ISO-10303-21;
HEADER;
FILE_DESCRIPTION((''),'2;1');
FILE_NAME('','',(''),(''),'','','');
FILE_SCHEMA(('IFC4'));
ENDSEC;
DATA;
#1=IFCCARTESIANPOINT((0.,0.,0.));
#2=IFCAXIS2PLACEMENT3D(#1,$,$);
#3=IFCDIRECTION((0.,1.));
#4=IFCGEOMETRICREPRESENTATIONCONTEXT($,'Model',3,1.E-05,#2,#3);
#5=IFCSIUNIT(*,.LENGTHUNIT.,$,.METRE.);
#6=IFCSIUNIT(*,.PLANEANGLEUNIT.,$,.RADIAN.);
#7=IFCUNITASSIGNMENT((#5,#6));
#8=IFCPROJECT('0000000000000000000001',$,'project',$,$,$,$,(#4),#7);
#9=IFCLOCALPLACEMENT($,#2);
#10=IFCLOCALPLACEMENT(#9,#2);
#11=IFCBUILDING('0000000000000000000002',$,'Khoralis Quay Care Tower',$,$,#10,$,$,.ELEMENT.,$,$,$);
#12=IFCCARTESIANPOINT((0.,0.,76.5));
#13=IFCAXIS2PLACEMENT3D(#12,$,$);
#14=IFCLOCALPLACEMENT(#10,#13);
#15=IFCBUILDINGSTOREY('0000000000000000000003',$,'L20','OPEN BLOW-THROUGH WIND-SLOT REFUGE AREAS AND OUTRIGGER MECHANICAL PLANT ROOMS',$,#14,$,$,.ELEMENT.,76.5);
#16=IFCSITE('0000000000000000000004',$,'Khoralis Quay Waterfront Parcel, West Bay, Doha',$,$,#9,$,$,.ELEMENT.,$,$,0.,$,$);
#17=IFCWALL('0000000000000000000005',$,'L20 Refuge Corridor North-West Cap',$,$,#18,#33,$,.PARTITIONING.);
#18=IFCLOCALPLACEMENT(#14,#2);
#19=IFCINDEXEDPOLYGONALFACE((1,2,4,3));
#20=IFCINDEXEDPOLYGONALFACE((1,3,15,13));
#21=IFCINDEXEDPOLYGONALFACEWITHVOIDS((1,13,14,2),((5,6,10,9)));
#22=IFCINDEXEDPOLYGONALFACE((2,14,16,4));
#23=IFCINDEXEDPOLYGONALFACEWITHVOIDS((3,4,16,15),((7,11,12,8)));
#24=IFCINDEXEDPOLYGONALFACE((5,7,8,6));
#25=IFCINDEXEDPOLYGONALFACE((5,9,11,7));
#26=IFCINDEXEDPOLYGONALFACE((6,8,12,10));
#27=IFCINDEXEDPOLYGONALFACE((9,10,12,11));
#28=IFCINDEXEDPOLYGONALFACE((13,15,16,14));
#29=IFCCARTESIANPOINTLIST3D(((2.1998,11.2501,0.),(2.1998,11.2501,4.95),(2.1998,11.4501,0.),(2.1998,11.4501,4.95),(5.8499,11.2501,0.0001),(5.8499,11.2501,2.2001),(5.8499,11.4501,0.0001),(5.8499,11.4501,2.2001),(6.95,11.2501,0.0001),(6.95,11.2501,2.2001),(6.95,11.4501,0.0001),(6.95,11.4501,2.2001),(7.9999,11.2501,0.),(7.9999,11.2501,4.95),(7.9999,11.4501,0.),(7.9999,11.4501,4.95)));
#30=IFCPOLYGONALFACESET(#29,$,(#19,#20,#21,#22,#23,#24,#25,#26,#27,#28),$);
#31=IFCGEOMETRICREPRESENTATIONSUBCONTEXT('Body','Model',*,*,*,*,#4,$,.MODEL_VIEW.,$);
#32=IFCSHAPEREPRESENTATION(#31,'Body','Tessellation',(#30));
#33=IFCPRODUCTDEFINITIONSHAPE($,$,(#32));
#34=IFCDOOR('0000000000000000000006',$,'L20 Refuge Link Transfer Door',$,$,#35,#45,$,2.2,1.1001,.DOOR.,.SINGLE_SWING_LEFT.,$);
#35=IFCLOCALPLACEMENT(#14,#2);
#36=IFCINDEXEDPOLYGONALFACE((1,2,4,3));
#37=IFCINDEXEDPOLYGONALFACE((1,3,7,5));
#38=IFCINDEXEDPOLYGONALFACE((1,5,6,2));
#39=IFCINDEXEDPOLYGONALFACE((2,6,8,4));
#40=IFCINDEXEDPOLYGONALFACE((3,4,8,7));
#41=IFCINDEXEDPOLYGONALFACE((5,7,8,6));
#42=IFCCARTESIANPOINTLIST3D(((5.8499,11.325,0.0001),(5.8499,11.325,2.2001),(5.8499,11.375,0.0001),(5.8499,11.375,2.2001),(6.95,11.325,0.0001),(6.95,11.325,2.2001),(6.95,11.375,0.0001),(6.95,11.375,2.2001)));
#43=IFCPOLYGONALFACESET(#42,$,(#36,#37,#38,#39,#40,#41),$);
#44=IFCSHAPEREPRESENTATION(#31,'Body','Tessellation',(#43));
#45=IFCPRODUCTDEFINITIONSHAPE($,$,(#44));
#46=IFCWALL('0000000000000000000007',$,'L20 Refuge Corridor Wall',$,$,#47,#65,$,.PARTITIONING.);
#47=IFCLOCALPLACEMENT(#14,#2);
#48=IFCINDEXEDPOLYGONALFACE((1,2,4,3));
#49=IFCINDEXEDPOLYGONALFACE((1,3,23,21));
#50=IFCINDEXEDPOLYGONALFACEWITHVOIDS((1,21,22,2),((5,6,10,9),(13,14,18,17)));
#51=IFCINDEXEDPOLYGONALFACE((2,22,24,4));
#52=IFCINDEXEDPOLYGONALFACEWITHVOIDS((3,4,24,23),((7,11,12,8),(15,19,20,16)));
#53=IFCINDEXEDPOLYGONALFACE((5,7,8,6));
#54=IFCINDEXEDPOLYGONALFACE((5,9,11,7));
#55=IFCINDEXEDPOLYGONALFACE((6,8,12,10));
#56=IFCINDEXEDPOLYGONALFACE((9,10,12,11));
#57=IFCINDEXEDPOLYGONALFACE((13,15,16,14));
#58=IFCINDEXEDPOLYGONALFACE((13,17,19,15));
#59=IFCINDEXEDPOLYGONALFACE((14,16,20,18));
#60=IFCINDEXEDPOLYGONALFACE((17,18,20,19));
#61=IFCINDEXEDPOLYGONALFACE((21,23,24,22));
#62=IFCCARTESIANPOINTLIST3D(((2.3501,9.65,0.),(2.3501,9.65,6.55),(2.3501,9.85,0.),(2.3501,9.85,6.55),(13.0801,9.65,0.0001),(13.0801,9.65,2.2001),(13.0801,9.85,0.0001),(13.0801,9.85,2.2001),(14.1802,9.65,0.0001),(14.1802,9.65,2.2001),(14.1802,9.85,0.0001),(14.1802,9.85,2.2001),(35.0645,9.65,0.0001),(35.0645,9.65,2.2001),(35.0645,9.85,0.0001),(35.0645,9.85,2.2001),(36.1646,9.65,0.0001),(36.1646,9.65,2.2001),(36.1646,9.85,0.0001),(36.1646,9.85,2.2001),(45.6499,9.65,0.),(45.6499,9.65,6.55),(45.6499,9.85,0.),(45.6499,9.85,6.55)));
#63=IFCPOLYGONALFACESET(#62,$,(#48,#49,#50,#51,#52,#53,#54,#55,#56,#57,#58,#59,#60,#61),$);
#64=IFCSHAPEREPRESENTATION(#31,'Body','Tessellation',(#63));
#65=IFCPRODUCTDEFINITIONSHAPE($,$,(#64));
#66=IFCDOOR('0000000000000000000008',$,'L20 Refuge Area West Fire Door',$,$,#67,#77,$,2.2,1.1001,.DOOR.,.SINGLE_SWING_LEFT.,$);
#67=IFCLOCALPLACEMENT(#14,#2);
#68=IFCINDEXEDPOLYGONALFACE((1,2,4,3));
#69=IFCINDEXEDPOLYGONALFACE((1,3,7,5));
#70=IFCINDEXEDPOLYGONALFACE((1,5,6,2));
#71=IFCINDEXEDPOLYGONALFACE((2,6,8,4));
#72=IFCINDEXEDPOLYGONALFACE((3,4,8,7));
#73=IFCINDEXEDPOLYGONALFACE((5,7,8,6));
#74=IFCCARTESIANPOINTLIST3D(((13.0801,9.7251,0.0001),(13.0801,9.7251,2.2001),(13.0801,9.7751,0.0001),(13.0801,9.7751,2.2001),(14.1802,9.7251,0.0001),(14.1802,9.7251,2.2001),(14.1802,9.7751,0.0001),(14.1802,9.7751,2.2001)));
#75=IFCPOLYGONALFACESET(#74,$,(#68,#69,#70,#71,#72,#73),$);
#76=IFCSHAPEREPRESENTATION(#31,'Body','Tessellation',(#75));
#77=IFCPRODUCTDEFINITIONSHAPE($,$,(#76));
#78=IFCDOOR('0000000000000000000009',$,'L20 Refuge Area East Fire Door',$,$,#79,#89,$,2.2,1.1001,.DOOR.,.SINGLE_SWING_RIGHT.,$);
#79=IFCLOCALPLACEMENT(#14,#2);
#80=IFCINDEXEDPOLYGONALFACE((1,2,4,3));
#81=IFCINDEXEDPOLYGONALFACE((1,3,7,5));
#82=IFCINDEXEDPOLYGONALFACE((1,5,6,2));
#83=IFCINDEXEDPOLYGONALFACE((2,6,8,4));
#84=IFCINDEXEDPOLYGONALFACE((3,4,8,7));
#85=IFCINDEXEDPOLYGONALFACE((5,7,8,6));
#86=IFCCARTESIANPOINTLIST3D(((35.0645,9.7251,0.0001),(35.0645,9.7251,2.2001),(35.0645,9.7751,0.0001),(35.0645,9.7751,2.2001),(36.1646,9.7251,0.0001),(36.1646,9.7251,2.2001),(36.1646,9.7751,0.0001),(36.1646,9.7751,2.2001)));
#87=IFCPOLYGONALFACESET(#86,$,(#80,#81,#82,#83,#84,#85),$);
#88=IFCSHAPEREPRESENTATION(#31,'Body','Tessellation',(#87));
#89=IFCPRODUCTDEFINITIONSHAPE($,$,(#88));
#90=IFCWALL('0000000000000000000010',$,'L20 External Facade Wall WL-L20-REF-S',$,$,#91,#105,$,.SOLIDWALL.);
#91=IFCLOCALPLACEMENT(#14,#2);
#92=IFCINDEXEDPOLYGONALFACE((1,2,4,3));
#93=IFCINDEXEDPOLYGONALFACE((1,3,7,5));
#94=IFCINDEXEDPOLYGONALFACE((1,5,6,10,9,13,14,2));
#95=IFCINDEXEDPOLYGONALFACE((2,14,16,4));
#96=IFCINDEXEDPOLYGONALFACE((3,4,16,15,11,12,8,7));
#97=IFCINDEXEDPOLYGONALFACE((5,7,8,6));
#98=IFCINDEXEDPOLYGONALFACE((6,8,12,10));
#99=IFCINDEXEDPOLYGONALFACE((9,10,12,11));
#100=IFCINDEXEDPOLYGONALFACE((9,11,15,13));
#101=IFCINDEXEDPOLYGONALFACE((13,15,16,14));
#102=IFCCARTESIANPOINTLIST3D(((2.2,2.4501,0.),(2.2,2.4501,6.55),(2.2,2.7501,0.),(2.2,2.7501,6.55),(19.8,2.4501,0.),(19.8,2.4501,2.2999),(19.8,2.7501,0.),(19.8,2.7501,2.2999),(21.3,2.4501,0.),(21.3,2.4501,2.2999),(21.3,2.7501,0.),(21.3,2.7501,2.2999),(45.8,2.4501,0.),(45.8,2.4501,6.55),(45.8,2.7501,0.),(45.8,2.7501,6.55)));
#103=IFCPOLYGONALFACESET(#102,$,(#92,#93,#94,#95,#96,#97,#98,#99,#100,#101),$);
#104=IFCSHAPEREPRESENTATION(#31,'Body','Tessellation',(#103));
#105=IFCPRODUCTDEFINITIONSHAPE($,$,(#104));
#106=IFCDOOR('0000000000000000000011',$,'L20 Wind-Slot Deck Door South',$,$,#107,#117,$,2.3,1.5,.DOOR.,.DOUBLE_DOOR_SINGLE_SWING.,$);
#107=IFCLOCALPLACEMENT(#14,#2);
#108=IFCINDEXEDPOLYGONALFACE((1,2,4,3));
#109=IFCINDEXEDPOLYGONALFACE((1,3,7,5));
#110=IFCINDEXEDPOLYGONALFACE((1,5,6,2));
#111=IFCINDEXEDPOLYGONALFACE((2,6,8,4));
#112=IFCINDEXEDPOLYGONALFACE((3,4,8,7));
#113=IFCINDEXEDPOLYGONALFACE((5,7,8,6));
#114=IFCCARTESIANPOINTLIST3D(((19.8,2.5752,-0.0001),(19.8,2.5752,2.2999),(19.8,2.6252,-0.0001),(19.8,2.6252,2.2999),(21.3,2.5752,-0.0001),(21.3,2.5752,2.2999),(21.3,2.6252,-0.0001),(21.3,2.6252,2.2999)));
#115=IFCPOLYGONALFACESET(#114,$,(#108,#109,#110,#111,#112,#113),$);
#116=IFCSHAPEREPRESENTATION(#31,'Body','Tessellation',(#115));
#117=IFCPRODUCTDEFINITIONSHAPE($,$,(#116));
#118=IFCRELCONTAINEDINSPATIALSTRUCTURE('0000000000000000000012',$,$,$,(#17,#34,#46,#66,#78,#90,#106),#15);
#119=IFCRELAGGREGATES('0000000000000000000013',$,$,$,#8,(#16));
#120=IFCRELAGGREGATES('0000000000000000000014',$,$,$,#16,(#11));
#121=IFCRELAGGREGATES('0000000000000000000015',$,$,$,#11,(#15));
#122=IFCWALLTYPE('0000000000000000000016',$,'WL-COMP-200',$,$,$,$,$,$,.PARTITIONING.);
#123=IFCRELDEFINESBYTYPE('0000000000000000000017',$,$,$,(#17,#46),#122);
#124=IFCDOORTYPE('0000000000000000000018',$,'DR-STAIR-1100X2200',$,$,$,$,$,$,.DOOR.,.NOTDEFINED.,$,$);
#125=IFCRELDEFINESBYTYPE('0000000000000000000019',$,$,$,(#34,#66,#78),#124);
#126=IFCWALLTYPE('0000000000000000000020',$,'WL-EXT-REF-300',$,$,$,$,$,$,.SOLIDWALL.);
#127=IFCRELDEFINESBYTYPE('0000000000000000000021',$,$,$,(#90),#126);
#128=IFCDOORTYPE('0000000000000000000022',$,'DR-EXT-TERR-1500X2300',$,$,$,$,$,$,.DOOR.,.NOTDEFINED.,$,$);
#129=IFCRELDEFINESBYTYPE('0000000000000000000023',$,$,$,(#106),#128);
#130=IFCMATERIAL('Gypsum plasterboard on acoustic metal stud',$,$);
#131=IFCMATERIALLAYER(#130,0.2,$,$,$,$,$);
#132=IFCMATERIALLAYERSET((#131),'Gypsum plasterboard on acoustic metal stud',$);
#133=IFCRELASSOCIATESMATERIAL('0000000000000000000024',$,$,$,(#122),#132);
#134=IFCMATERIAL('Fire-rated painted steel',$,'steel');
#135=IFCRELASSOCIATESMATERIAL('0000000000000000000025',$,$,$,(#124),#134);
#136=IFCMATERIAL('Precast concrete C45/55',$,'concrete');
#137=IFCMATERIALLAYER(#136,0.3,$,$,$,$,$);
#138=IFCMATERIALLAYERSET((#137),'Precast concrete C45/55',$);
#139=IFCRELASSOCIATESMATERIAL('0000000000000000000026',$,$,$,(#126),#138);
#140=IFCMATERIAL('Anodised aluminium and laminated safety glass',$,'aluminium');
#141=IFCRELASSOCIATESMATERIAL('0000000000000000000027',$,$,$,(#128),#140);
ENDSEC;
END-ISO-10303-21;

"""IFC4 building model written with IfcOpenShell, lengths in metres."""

from ifc_helpers import new_model, si_unit, direction, frame, frame_2d, origin, place, context, subcontext, project, spatial, rectangle, extrude, source, transform, mapped, material, layer, layer_set, type_object, element, fill, save


model = new_model("IFC4")

# Units and contexts
model_context = context("Model", 3, precision=1e-05, world=origin(), true_north=direction((0.0, 1.0)))
body_context = subcontext(model_context, "Body", "Model", "MODEL_VIEW")
ifc_project = project(units=[si_unit("LENGTHUNIT", "METRE"), si_unit("PLANEANGLEUNIT", "RADIAN")], contexts=[model_context])

# Site, building, storey
site_placement = place(None, origin())
site = spatial("IfcSite", under=ifc_project, at=site_placement, Name="Khoralis Quay Waterfront Parcel, West Bay, Doha", CompositionType="ELEMENT", RefElevation=0.0)
building_placement = place(site_placement, origin())
building = spatial("IfcBuilding", under=site, at=building_placement, Name="Khoralis Quay Care Tower", CompositionType="ELEMENT")
storey_placement = place(building_placement, frame((0.0, 0.0, 76.5)))
storey = spatial("IfcBuildingStorey", under=building, at=storey_placement, Name="L20", Description="OPEN BLOW-THROUGH WIND-SLOT REFUGE AREAS AND OUTRIGGER MECHANICAL PLANT ROOMS", CompositionType="ELEMENT", Elevation=76.5)

# Shared definitions
ifc_material_1 = material(Name="Precast concrete C45/55", Category="concrete")

# Shared definitions
ifc_material_2 = material(Name="Gypsum plasterboard on acoustic metal stud")
ifc_layer_1 = layer(ifc_material_2, 0.2)
ifc_layer_set_1 = layer_set([ifc_layer_1], Name="Gypsum plasterboard on acoustic metal stud")
wall_type_1 = type_object("IfcWallType", Name="WL-COMP-200", PredefinedType="PARTITIONING", material=ifc_layer_set_1)

# Wall, opening, door
wall_1_placement = place(storey_placement, frame((2.2, 11.3501, 0.0), z_axis=(0.0, 0.0, 1.0), x_axis=(1.0, 0.0, 0.0)))
wall_1 = element("IfcWall", 1, at=wall_1_placement, inside=storey, type_object=wall_type_1, Name="L20 Refuge Corridor North-West Cap", PredefinedType="PARTITIONING", context=body_context, shape_type="SweptSolid", body=[
    extrude(rectangle(XDim=5.8, YDim=0.2, at=frame_2d((2.8999, 0.0))), origin(), (0.0, 0.0, 1.0), 4.95),
])
opening_1_placement = place(wall_1_placement, frame((3.6499, 0.0, 0.0)))
opening_1 = element("IfcOpeningElement", 2, at=opening_1_placement, cuts=wall_1, PredefinedType="OPENING", context=body_context, shape_type="SweptSolid", body=[
    extrude(rectangle(XDim=1.1001, YDim=2.2, at=frame_2d((0.55, 1.1001))), frame((0.0, 0.1099, 0.0), z_axis=(0.0, -1.0, 0.0), x_axis=(1.0, 0.0, 0.0)), (0.0, 0.0, 1.0), 0.22),
])
ifc_material_3 = material(Name="Fire-rated painted steel", Category="steel")
door_type_1 = type_object("IfcDoorType", Name="DR-STAIR-1100X2200", OperationType="NOTDEFINED", PredefinedType="DOOR", material=ifc_material_3)
shared_shape_1 = source(origin(), body_context, "Body", "SweptSolid", [
    extrude(rectangle(XDim=1.1001, YDim=2.2, at=frame_2d((0.55, 1.1001))), frame((0.0, 0.0249, 0.0), z_axis=(0.0, -1.0, 0.0), x_axis=(1.0, 0.0, 0.0)), (0.0, 0.0, 1.0), 0.05),
])
door_1_placement = place(opening_1_placement, origin())
door_1 = element("IfcDoor", 3, at=door_1_placement, inside=storey, type_object=door_type_1, Name="L20 Refuge Link Transfer Door", OperationType="SINGLE_SWING_LEFT", OverallHeight=2.2, OverallWidth=1.1001, PredefinedType="DOOR", context=body_context, shape_type="MappedRepresentation", body=[
    mapped(shared_shape_1, transform((0.0, 0.0, 0.0), scale=1.0)),
])
fill(opening_1, door_1)

# Wall, openings, doors
wall_2_placement = place(storey_placement, frame((2.3501, 9.75, 0.0), z_axis=(0.0, 0.0, 1.0), x_axis=(1.0, 0.0, 0.0)))
wall_2 = element("IfcWall", 4, at=wall_2_placement, inside=storey, type_object=wall_type_1, Name="L20 Refuge Corridor Wall", PredefinedType="PARTITIONING", context=body_context, shape_type="SweptSolid", body=[
    extrude(rectangle(XDim=43.2998, YDim=0.2, at=frame_2d((21.6499, 0.0))), origin(), (0.0, 0.0, 1.0), 6.55),
])
opening_2_placement = place(wall_2_placement, frame((10.73, 0.0, 0.0)))
opening_2 = element("IfcOpeningElement", 5, at=opening_2_placement, cuts=wall_2, PredefinedType="OPENING", context=body_context, shape_type="SweptSolid", body=[
    extrude(rectangle(XDim=1.1001, YDim=2.2, at=frame_2d((0.55, 1.1001))), frame((0.0, 0.1099, 0.0), z_axis=(0.0, -1.0, 0.0), x_axis=(1.0, 0.0, 0.0)), (0.0, 0.0, 1.0), 0.22),
])
opening_3_placement = place(wall_2_placement, frame((32.7144, 0.0, 0.0)))
opening_3 = element("IfcOpeningElement", 6, at=opening_3_placement, cuts=wall_2, PredefinedType="OPENING", context=body_context, shape_type="SweptSolid", body=[
    extrude(rectangle(XDim=1.1001, YDim=2.2, at=frame_2d((0.55, 1.1001))), frame((0.0, 0.1099, 0.0), z_axis=(0.0, -1.0, 0.0), x_axis=(1.0, 0.0, 0.0)), (0.0, 0.0, 1.0), 0.22),
])
door_2_placement = place(opening_2_placement, frame((1.1001, 0.0, 0.0), z_axis=(0.0, 0.0, 1.0), x_axis=(-1.0, 0.0, 0.0)))
door_2 = element("IfcDoor", 7, at=door_2_placement, inside=storey, type_object=door_type_1, Name="L20 Refuge Area West Fire Door", OperationType="SINGLE_SWING_LEFT", OverallHeight=2.2, OverallWidth=1.1001, PredefinedType="DOOR", context=body_context, shape_type="MappedRepresentation", body=[
    mapped(shared_shape_1, transform((0.0, 0.0, 0.0), scale=1.0)),
])
fill(opening_2, door_2)
door_3_placement = place(opening_3_placement, frame((1.1001, 0.0, 0.0), z_axis=(0.0, 0.0, 1.0), x_axis=(-1.0, 0.0, 0.0)))
door_3 = element("IfcDoor", 8, at=door_3_placement, inside=storey, type_object=door_type_1, Name="L20 Refuge Area East Fire Door", OperationType="SINGLE_SWING_RIGHT", OverallHeight=2.2, OverallWidth=1.1001, PredefinedType="DOOR", context=body_context, shape_type="MappedRepresentation", body=[
    mapped(shared_shape_1, transform((0.0, 0.0, 0.0), scale=1.0)),
])
fill(opening_3, door_3)

# Wall, opening, door
ifc_layer_2 = layer(ifc_material_1, 0.3)
ifc_layer_set_2 = layer_set([ifc_layer_2], Name="Precast concrete C45/55")
wall_type_2 = type_object("IfcWallType", Name="WL-EXT-REF-300", PredefinedType="SOLIDWALL", material=ifc_layer_set_2)
wall_3_placement = place(storey_placement, frame((2.2, 2.6001, 0.0), z_axis=(0.0, 0.0, 1.0), x_axis=(1.0, 0.0, 0.0)))
wall_3 = element("IfcWall", 9, at=wall_3_placement, inside=storey, type_object=wall_type_2, Name="L20 External Facade Wall WL-L20-REF-S", PredefinedType="SOLIDWALL", context=body_context, shape_type="SweptSolid", body=[
    extrude(rectangle(XDim=43.6001, YDim=0.3, at=frame_2d((21.8, 0.0))), origin(), (0.0, 0.0, 1.0), 6.55),
])
opening_4_placement = place(wall_3_placement, frame((17.6001, 0.0, 0.0)))
opening_4 = element("IfcOpeningElement", 10, at=opening_4_placement, cuts=wall_3, PredefinedType="OPENING", context=body_context, shape_type="SweptSolid", body=[
    extrude(rectangle(XDim=1.5, YDim=2.3, at=frame_2d((0.75, 1.1499))), frame((0.0, 0.1602, 0.0), z_axis=(0.0, -1.0, 0.0), x_axis=(1.0, 0.0, 0.0)), (0.0, 0.0, 1.0), 0.3201),
])
ifc_material_4 = material(Name="Anodised aluminium and laminated safety glass", Category="aluminium")
door_type_2 = type_object("IfcDoorType", Name="DR-EXT-TERR-1500X2300", OperationType="NOTDEFINED", PredefinedType="DOOR", material=ifc_material_4)
shared_shape_2 = source(origin(), body_context, "Body", "SweptSolid", [
    extrude(rectangle(XDim=1.5, YDim=2.3, at=frame_2d((0.75, 1.1499))), frame((0.0, 0.0249, 0.0), z_axis=(0.0, -1.0, 0.0), x_axis=(1.0, 0.0, 0.0)), (0.0, 0.0, 1.0), 0.05),
])
door_4_placement = place(opening_4_placement, frame((1.5, 0.0, 0.0), z_axis=(0.0, 0.0, 1.0), x_axis=(-1.0, 0.0, 0.0)))
door_4 = element("IfcDoor", 11, at=door_4_placement, inside=storey, type_object=door_type_2, Name="L20 Wind-Slot Deck Door South", OperationType="DOUBLE_DOOR_SINGLE_SWING", OverallHeight=2.3, OverallWidth=1.5, PredefinedType="DOOR", context=body_context, shape_type="MappedRepresentation", body=[
    mapped(shared_shape_2, transform((0.0, 0.0, 0.0), scale=1.0)),
])
fill(opening_4, door_4)

save(model, "model.ifc")
